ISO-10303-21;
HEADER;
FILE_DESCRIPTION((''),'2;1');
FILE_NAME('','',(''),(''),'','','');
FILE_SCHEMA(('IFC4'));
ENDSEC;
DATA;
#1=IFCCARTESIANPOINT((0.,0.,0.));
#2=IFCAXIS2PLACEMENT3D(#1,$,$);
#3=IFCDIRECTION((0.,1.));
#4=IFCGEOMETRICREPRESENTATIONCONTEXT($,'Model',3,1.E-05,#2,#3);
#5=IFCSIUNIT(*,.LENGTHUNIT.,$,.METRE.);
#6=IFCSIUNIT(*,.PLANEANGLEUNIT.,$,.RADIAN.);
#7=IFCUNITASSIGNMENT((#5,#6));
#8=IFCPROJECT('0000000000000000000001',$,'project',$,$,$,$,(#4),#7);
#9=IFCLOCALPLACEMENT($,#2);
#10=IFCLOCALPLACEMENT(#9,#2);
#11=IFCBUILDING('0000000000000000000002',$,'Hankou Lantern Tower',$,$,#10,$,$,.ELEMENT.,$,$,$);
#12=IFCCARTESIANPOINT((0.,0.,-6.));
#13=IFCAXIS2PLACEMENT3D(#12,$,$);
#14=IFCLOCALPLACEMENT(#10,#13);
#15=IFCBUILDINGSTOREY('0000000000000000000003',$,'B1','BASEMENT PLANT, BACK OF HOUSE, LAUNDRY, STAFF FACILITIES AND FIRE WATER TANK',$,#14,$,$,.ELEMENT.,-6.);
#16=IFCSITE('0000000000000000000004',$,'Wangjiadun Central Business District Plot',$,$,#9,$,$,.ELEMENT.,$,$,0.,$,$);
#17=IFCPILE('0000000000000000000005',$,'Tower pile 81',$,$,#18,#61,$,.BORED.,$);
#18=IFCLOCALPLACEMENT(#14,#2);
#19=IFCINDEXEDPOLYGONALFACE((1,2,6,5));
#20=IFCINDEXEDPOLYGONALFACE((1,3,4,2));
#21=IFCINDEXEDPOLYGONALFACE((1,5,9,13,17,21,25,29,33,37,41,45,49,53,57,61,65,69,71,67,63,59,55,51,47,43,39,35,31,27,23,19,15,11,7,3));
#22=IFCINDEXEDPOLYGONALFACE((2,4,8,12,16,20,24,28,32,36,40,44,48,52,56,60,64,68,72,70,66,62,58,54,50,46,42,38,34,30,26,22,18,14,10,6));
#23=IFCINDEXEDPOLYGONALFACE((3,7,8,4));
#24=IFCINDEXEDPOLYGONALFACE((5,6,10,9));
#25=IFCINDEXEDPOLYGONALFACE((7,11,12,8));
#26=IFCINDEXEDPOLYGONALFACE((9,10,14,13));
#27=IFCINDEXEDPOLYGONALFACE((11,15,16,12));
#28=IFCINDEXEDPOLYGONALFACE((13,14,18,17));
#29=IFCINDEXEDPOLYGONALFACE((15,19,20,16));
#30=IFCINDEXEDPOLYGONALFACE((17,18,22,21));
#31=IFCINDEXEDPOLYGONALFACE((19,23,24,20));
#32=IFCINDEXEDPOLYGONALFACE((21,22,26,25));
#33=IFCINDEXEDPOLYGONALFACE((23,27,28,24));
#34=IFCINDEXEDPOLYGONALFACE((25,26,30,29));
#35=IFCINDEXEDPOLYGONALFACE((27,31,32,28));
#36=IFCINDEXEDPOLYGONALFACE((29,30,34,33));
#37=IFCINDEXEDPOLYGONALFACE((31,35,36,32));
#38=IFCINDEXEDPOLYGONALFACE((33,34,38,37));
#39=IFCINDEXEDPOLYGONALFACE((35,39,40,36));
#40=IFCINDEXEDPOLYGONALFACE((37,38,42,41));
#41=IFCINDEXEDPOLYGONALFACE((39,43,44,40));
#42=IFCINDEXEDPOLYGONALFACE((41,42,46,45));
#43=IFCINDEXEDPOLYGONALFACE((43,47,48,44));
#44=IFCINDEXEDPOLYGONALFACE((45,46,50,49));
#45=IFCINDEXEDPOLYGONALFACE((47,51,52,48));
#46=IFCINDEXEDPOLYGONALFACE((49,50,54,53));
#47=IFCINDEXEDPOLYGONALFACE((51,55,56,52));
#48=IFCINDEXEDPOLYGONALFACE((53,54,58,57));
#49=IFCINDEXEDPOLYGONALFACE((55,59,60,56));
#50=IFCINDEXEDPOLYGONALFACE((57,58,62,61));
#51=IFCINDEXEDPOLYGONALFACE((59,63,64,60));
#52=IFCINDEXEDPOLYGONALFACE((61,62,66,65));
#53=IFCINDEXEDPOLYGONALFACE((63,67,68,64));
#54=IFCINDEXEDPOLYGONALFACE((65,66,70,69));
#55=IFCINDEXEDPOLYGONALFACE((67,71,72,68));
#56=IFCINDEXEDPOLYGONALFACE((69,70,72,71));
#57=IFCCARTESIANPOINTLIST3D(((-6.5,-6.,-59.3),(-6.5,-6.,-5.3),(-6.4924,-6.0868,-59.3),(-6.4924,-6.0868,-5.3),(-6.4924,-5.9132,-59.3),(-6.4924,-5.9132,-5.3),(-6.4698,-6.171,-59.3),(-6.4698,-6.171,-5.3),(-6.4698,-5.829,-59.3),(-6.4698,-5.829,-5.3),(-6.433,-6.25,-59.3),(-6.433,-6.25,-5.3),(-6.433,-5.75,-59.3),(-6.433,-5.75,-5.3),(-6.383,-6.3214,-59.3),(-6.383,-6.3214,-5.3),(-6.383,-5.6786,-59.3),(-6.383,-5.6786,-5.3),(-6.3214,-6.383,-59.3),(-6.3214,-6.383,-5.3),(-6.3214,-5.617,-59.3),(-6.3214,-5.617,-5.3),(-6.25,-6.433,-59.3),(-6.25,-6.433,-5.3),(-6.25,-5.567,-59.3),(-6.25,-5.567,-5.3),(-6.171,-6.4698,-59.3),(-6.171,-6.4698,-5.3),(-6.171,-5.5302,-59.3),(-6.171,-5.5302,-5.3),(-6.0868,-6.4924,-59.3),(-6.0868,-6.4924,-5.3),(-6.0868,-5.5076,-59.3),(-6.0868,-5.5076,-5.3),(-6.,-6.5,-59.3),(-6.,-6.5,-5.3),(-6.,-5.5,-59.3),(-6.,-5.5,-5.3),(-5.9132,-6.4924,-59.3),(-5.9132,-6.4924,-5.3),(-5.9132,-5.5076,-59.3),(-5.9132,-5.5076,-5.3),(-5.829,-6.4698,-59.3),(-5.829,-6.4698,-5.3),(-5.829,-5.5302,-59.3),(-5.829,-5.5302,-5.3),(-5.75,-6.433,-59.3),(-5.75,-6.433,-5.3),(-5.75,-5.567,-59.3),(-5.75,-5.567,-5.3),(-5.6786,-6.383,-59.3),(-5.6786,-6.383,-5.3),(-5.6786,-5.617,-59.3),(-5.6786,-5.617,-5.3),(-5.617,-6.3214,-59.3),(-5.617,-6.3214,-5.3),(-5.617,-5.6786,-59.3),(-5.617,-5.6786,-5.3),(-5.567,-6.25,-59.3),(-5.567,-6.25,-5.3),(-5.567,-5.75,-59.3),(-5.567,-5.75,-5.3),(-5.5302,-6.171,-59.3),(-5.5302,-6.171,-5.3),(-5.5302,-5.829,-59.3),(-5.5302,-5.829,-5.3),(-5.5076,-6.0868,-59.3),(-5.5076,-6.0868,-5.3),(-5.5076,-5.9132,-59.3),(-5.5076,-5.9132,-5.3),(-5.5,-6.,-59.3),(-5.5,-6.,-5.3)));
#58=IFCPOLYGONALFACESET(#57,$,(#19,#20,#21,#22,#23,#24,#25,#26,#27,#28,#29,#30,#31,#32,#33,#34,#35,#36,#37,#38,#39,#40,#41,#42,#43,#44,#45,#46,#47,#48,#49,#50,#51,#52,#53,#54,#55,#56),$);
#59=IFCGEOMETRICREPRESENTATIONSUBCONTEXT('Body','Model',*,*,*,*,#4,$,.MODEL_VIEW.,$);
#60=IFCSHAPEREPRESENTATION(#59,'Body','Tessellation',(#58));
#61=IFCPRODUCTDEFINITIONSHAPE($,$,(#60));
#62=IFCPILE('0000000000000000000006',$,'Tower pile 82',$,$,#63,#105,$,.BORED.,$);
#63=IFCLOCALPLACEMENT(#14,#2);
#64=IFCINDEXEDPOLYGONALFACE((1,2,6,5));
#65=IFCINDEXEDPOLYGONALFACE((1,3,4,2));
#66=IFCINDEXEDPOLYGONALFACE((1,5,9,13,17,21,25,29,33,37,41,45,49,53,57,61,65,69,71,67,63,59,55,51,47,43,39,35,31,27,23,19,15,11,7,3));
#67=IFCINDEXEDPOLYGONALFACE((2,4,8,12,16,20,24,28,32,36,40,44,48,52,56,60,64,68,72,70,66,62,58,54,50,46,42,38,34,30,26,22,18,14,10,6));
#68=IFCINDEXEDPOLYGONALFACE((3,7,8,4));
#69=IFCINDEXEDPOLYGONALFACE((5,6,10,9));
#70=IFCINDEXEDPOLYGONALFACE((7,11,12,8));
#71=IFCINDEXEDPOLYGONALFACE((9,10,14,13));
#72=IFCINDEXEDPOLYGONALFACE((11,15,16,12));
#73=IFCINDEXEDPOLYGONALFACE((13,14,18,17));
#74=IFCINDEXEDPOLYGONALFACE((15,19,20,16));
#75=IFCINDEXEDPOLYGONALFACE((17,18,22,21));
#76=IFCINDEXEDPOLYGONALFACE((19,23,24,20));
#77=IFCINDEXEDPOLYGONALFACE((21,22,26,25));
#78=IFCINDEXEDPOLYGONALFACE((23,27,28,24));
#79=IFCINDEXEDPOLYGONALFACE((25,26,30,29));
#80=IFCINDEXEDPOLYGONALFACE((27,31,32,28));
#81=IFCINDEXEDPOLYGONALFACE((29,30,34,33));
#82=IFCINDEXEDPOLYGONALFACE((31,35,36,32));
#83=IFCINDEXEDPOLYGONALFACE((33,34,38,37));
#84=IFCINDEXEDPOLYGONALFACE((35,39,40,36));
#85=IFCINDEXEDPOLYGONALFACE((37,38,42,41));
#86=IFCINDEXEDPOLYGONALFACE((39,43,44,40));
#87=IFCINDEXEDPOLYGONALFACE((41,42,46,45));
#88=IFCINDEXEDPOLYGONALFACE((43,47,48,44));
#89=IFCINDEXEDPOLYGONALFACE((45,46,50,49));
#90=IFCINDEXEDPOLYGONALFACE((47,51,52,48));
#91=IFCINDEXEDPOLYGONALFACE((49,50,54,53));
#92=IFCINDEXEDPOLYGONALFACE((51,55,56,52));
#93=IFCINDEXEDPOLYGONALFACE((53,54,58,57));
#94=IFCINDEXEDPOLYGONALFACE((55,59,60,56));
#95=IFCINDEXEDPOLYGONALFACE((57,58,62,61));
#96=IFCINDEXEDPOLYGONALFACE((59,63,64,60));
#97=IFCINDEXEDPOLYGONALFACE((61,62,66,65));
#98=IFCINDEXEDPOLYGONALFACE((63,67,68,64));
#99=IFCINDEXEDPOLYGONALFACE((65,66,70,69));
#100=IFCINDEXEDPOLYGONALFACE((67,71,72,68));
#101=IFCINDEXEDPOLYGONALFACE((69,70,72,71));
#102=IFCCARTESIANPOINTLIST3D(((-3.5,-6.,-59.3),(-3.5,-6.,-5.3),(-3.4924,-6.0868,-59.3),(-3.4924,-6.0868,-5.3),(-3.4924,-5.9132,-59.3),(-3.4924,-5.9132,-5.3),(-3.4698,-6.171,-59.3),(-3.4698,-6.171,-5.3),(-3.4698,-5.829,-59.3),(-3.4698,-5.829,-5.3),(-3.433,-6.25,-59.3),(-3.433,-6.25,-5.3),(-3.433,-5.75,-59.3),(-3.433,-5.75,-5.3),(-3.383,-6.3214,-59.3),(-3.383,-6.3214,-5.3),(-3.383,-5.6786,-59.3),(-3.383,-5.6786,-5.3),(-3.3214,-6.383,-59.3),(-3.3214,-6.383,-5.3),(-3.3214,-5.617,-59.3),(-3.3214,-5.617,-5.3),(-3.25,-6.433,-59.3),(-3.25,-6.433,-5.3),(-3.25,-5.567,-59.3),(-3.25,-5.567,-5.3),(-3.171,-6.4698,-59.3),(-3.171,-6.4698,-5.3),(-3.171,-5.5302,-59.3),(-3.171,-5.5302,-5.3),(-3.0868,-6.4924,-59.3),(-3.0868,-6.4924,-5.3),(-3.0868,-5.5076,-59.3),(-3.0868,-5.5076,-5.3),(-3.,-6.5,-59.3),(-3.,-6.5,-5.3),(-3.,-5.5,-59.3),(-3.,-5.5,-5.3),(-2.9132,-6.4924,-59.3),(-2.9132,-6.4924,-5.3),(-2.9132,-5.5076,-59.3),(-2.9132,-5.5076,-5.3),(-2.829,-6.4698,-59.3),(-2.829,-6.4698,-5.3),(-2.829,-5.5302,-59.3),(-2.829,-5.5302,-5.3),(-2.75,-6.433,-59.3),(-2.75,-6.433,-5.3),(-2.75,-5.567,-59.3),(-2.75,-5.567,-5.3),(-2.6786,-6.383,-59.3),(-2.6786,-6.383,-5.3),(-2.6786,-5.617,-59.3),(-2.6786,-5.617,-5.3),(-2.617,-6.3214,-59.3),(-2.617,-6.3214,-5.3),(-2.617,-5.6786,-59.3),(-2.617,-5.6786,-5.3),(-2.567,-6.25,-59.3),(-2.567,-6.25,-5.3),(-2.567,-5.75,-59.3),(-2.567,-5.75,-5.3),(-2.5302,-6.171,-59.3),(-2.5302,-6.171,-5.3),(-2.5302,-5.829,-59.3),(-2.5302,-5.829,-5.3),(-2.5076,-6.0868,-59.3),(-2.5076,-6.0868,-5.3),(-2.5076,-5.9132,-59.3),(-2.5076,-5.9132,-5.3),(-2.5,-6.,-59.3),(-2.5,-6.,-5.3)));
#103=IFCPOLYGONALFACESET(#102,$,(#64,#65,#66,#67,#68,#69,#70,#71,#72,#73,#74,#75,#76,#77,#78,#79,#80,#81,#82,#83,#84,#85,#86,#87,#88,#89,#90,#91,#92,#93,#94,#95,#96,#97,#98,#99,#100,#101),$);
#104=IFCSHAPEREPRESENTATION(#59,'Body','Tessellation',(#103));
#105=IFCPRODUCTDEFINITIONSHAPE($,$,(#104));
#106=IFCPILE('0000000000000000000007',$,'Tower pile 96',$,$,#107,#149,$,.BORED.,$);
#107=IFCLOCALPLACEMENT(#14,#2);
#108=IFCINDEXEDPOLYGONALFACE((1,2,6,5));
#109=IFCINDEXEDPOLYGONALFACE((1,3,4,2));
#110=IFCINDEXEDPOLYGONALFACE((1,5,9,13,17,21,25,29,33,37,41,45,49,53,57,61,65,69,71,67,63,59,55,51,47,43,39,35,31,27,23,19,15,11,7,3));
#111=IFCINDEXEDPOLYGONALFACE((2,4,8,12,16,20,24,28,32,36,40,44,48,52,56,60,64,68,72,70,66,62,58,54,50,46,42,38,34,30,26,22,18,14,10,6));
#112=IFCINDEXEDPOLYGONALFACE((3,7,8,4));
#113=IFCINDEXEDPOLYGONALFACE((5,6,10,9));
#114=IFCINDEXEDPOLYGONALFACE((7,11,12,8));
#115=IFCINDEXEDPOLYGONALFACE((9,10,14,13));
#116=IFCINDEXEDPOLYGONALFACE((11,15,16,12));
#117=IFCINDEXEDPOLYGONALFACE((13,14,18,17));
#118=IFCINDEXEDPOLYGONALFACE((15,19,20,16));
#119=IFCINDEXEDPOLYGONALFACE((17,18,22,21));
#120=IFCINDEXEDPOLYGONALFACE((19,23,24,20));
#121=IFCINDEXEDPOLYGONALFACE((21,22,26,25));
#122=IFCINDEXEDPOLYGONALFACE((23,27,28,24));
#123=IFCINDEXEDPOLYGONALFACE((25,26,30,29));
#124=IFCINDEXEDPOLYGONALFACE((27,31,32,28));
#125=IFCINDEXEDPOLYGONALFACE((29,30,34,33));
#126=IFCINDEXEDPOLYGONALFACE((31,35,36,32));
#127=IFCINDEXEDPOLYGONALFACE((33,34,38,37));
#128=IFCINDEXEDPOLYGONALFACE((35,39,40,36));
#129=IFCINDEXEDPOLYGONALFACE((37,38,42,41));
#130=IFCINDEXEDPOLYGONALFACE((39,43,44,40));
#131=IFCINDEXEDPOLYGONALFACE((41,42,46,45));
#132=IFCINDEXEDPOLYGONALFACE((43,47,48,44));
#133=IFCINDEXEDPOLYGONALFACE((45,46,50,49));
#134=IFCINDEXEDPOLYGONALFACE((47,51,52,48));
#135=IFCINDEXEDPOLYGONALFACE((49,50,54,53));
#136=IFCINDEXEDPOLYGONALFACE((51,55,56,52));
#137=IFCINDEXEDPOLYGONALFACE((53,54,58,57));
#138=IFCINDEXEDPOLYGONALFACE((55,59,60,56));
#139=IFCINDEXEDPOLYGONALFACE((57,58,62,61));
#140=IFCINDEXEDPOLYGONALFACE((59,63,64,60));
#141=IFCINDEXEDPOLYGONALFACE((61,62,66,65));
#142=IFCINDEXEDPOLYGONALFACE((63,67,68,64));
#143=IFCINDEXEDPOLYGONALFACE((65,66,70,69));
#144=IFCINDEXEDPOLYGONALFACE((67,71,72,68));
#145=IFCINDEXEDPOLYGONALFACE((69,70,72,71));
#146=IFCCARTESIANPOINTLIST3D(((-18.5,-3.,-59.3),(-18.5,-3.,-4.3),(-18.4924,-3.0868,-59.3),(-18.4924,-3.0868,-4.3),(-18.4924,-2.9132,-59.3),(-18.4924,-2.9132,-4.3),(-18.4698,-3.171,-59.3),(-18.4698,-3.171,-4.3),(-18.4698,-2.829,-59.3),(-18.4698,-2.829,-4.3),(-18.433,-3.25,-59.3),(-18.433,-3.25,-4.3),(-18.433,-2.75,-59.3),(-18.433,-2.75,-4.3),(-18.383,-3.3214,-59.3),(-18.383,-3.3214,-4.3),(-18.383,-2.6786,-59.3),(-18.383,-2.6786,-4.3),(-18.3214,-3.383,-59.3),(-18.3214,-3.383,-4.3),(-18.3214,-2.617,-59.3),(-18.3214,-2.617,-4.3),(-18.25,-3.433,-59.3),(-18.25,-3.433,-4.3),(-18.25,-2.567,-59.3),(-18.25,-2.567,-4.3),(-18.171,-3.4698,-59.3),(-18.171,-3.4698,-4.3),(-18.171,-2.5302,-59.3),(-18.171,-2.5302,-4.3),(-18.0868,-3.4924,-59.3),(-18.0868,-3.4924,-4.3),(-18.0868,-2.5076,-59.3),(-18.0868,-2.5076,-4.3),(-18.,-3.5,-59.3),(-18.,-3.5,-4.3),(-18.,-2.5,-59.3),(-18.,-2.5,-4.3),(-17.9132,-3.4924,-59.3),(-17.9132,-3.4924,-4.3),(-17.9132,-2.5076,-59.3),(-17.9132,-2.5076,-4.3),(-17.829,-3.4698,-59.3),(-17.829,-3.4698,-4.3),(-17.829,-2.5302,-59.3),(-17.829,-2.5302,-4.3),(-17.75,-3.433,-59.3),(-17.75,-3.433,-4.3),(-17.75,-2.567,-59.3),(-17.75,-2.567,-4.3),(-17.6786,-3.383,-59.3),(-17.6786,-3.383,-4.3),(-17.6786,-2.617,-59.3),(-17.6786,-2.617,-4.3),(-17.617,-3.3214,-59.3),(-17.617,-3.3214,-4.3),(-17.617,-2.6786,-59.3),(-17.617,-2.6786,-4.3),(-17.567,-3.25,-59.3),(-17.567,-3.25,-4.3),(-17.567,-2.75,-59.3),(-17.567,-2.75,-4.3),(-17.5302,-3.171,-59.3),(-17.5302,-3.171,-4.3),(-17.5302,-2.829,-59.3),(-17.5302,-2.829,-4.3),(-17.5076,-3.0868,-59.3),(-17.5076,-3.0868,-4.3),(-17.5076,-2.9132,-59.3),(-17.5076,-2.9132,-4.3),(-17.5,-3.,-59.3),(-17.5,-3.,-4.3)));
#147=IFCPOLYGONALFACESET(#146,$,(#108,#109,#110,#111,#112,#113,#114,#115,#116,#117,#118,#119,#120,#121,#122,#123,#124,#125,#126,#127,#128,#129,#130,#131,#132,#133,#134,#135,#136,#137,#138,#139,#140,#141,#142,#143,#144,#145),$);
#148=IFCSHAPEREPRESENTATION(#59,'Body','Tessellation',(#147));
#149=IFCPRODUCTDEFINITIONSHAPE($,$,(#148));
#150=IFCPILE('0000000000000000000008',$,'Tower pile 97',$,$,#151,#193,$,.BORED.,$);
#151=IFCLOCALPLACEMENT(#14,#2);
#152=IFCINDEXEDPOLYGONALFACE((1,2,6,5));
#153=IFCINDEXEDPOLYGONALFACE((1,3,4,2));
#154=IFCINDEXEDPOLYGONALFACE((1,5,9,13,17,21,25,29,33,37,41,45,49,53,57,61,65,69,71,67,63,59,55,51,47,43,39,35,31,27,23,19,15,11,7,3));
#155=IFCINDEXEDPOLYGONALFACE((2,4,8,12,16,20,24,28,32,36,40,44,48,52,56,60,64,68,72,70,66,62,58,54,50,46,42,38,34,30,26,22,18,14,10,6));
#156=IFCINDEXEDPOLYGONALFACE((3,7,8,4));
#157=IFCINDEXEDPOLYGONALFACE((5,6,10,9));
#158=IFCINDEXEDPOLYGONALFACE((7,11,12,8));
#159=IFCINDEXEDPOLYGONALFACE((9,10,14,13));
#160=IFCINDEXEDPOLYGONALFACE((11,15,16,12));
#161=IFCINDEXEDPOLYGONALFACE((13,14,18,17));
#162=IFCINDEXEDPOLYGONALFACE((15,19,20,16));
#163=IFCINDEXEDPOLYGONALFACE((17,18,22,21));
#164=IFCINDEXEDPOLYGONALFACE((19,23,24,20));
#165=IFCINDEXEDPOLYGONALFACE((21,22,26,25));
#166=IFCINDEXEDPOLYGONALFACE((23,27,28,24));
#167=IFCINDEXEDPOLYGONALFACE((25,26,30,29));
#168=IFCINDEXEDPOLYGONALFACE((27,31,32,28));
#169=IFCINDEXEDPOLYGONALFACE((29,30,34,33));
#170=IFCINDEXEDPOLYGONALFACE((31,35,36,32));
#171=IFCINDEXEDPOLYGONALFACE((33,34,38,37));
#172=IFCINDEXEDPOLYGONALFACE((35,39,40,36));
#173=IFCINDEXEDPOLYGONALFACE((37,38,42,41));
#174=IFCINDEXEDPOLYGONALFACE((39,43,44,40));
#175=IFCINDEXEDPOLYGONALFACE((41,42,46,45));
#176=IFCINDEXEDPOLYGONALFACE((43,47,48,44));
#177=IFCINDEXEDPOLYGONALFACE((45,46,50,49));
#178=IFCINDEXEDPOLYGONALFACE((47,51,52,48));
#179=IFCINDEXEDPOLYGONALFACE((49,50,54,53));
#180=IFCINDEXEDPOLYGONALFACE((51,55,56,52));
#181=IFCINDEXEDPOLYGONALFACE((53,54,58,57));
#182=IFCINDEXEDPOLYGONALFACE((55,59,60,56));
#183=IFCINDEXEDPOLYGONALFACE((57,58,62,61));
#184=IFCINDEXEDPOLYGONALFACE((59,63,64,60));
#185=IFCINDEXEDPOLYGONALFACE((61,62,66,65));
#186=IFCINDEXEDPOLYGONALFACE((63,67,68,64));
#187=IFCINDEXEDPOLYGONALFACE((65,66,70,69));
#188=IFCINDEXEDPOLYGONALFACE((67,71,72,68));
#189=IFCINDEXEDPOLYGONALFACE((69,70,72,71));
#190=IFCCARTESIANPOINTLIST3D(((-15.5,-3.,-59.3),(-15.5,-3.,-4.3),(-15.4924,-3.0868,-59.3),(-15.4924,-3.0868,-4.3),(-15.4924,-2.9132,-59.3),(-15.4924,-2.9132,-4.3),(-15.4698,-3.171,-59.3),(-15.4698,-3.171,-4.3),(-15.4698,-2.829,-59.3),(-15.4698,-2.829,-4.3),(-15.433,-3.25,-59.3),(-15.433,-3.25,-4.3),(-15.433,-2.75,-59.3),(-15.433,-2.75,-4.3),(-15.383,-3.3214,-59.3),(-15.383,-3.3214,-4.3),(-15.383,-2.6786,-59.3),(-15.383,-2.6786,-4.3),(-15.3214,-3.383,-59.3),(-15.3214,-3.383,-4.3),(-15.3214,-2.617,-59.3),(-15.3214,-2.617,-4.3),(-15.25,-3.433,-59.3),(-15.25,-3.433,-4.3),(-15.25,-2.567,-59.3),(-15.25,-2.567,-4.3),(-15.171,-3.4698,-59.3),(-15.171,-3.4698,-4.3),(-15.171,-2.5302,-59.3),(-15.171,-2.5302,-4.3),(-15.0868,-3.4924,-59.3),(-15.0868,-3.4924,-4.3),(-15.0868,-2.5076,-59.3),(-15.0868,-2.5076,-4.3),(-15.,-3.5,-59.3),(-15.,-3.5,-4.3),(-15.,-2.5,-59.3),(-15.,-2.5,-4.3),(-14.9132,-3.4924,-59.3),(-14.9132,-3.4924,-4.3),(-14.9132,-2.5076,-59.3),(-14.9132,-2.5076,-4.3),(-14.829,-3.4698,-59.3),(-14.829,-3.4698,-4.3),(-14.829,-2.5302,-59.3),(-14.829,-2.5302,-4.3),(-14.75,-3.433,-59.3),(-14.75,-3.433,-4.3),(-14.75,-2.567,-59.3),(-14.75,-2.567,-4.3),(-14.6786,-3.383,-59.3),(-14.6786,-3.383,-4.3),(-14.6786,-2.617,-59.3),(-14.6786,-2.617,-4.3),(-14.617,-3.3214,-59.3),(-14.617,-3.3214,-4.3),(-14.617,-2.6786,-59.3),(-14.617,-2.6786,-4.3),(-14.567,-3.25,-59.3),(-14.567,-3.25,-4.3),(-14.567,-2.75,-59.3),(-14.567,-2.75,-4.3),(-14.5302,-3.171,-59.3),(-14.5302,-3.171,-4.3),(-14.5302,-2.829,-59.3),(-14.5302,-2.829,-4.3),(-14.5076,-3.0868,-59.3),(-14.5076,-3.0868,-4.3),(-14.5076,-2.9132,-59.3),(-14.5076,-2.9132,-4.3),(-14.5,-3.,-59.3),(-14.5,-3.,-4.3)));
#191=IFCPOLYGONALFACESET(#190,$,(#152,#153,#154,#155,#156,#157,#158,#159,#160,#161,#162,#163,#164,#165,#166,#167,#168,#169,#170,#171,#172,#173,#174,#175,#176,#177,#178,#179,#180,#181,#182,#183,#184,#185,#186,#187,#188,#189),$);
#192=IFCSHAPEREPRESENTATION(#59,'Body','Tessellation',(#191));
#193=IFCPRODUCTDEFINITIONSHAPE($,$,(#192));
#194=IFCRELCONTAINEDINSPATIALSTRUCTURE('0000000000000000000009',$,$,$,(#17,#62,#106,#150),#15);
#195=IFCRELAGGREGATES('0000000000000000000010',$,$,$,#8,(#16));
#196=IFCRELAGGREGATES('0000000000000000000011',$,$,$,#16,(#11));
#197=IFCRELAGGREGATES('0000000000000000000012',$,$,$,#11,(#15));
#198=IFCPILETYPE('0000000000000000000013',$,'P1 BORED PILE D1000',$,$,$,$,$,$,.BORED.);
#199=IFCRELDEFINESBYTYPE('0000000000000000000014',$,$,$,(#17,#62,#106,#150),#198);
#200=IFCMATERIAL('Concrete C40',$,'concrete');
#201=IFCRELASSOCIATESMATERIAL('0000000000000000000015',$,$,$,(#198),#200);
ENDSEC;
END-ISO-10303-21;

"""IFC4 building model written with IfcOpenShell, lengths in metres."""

from ifc_helpers import new_model, si_unit, direction, frame, origin, origin_2d, place, context, subcontext, project, spatial, circle, extrude, material, material_profile, profile_set, type_object, element, save


model = new_model("IFC4")

# Units and contexts
model_context = context("Model", 3, precision=1e-05, world=origin(), true_north=direction((0.0, 1.0)))
body_context = subcontext(model_context, "Body", "Model", "MODEL_VIEW")
ifc_project = project(units=[si_unit("LENGTHUNIT", "METRE"), si_unit("PLANEANGLEUNIT", "RADIAN")], contexts=[model_context])

# Site, building, storey
site_placement = place(None, origin())
site = spatial("IfcSite", under=ifc_project, at=site_placement, Name="Wangjiadun Central Business District Plot", CompositionType="ELEMENT", RefElevation=0.0)
building_placement = place(site_placement, origin())
building = spatial("IfcBuilding", under=site, at=building_placement, Name="Hankou Lantern Tower", CompositionType="ELEMENT")
storey_placement = place(building_placement, frame((0.0, 0.0, -6.0)))
storey = spatial("IfcBuildingStorey", under=building, at=storey_placement, Name="B1", Description="BASEMENT PLANT, BACK OF HOUSE, LAUNDRY, STAFF FACILITIES AND FIRE WATER TANK", CompositionType="ELEMENT", Elevation=-6.0)

# Piles
ifc_material_1 = material(Name="Concrete C40", Category="concrete")
ifc_material_profile = material_profile(ifc_material_1, circle(Radius=0.5, at=origin_2d()), Name="RC D1000")
ifc_profile_set = profile_set([ifc_material_profile], Name="Concrete C40")
pile_type = type_object("IfcPileType", Name="P1 BORED PILE D1000", PredefinedType="BORED", material=ifc_profile_set)
for number, where, z_axis, x_axis, name in (
    (1, (-6.0, -6.0, -5.3), (0.0, 0.0, -1.0), (1.0, 0.0, 0.0), "Tower pile 81"),
    (2, (-3.0, -6.0, -5.3), (0.0, 0.0, -1.0), (1.0, 0.0, 0.0), "Tower pile 82"),
):
    element("IfcPile", number, at=place(storey_placement, frame(where, z_axis=z_axis, x_axis=x_axis)), inside=storey, type_object=pile_type, Name=name, PredefinedType="BORED", context=body_context, shape_type="SweptSolid", body=[
        extrude(circle(Radius=0.5, at=origin_2d()), origin(), (0.0, 0.0, 1.0), 54.0),
    ])
for number, where, z_axis, x_axis, name in (
    (3, (-18.0, -3.0, -4.3), (0.0, 0.0, -1.0), (1.0, 0.0, 0.0), "Tower pile 96"),
    (4, (-15.0, -3.0, -4.3), (0.0, 0.0, -1.0), (1.0, 0.0, 0.0), "Tower pile 97"),
):
    element("IfcPile", number, at=place(storey_placement, frame(where, z_axis=z_axis, x_axis=x_axis)), inside=storey, type_object=pile_type, Name=name, PredefinedType="BORED", context=body_context, shape_type="SweptSolid", body=[
        extrude(circle(Radius=0.5, at=origin_2d()), origin(), (0.0, 0.0, 1.0), 55.0),
    ])

save(model, "model.ifc")
